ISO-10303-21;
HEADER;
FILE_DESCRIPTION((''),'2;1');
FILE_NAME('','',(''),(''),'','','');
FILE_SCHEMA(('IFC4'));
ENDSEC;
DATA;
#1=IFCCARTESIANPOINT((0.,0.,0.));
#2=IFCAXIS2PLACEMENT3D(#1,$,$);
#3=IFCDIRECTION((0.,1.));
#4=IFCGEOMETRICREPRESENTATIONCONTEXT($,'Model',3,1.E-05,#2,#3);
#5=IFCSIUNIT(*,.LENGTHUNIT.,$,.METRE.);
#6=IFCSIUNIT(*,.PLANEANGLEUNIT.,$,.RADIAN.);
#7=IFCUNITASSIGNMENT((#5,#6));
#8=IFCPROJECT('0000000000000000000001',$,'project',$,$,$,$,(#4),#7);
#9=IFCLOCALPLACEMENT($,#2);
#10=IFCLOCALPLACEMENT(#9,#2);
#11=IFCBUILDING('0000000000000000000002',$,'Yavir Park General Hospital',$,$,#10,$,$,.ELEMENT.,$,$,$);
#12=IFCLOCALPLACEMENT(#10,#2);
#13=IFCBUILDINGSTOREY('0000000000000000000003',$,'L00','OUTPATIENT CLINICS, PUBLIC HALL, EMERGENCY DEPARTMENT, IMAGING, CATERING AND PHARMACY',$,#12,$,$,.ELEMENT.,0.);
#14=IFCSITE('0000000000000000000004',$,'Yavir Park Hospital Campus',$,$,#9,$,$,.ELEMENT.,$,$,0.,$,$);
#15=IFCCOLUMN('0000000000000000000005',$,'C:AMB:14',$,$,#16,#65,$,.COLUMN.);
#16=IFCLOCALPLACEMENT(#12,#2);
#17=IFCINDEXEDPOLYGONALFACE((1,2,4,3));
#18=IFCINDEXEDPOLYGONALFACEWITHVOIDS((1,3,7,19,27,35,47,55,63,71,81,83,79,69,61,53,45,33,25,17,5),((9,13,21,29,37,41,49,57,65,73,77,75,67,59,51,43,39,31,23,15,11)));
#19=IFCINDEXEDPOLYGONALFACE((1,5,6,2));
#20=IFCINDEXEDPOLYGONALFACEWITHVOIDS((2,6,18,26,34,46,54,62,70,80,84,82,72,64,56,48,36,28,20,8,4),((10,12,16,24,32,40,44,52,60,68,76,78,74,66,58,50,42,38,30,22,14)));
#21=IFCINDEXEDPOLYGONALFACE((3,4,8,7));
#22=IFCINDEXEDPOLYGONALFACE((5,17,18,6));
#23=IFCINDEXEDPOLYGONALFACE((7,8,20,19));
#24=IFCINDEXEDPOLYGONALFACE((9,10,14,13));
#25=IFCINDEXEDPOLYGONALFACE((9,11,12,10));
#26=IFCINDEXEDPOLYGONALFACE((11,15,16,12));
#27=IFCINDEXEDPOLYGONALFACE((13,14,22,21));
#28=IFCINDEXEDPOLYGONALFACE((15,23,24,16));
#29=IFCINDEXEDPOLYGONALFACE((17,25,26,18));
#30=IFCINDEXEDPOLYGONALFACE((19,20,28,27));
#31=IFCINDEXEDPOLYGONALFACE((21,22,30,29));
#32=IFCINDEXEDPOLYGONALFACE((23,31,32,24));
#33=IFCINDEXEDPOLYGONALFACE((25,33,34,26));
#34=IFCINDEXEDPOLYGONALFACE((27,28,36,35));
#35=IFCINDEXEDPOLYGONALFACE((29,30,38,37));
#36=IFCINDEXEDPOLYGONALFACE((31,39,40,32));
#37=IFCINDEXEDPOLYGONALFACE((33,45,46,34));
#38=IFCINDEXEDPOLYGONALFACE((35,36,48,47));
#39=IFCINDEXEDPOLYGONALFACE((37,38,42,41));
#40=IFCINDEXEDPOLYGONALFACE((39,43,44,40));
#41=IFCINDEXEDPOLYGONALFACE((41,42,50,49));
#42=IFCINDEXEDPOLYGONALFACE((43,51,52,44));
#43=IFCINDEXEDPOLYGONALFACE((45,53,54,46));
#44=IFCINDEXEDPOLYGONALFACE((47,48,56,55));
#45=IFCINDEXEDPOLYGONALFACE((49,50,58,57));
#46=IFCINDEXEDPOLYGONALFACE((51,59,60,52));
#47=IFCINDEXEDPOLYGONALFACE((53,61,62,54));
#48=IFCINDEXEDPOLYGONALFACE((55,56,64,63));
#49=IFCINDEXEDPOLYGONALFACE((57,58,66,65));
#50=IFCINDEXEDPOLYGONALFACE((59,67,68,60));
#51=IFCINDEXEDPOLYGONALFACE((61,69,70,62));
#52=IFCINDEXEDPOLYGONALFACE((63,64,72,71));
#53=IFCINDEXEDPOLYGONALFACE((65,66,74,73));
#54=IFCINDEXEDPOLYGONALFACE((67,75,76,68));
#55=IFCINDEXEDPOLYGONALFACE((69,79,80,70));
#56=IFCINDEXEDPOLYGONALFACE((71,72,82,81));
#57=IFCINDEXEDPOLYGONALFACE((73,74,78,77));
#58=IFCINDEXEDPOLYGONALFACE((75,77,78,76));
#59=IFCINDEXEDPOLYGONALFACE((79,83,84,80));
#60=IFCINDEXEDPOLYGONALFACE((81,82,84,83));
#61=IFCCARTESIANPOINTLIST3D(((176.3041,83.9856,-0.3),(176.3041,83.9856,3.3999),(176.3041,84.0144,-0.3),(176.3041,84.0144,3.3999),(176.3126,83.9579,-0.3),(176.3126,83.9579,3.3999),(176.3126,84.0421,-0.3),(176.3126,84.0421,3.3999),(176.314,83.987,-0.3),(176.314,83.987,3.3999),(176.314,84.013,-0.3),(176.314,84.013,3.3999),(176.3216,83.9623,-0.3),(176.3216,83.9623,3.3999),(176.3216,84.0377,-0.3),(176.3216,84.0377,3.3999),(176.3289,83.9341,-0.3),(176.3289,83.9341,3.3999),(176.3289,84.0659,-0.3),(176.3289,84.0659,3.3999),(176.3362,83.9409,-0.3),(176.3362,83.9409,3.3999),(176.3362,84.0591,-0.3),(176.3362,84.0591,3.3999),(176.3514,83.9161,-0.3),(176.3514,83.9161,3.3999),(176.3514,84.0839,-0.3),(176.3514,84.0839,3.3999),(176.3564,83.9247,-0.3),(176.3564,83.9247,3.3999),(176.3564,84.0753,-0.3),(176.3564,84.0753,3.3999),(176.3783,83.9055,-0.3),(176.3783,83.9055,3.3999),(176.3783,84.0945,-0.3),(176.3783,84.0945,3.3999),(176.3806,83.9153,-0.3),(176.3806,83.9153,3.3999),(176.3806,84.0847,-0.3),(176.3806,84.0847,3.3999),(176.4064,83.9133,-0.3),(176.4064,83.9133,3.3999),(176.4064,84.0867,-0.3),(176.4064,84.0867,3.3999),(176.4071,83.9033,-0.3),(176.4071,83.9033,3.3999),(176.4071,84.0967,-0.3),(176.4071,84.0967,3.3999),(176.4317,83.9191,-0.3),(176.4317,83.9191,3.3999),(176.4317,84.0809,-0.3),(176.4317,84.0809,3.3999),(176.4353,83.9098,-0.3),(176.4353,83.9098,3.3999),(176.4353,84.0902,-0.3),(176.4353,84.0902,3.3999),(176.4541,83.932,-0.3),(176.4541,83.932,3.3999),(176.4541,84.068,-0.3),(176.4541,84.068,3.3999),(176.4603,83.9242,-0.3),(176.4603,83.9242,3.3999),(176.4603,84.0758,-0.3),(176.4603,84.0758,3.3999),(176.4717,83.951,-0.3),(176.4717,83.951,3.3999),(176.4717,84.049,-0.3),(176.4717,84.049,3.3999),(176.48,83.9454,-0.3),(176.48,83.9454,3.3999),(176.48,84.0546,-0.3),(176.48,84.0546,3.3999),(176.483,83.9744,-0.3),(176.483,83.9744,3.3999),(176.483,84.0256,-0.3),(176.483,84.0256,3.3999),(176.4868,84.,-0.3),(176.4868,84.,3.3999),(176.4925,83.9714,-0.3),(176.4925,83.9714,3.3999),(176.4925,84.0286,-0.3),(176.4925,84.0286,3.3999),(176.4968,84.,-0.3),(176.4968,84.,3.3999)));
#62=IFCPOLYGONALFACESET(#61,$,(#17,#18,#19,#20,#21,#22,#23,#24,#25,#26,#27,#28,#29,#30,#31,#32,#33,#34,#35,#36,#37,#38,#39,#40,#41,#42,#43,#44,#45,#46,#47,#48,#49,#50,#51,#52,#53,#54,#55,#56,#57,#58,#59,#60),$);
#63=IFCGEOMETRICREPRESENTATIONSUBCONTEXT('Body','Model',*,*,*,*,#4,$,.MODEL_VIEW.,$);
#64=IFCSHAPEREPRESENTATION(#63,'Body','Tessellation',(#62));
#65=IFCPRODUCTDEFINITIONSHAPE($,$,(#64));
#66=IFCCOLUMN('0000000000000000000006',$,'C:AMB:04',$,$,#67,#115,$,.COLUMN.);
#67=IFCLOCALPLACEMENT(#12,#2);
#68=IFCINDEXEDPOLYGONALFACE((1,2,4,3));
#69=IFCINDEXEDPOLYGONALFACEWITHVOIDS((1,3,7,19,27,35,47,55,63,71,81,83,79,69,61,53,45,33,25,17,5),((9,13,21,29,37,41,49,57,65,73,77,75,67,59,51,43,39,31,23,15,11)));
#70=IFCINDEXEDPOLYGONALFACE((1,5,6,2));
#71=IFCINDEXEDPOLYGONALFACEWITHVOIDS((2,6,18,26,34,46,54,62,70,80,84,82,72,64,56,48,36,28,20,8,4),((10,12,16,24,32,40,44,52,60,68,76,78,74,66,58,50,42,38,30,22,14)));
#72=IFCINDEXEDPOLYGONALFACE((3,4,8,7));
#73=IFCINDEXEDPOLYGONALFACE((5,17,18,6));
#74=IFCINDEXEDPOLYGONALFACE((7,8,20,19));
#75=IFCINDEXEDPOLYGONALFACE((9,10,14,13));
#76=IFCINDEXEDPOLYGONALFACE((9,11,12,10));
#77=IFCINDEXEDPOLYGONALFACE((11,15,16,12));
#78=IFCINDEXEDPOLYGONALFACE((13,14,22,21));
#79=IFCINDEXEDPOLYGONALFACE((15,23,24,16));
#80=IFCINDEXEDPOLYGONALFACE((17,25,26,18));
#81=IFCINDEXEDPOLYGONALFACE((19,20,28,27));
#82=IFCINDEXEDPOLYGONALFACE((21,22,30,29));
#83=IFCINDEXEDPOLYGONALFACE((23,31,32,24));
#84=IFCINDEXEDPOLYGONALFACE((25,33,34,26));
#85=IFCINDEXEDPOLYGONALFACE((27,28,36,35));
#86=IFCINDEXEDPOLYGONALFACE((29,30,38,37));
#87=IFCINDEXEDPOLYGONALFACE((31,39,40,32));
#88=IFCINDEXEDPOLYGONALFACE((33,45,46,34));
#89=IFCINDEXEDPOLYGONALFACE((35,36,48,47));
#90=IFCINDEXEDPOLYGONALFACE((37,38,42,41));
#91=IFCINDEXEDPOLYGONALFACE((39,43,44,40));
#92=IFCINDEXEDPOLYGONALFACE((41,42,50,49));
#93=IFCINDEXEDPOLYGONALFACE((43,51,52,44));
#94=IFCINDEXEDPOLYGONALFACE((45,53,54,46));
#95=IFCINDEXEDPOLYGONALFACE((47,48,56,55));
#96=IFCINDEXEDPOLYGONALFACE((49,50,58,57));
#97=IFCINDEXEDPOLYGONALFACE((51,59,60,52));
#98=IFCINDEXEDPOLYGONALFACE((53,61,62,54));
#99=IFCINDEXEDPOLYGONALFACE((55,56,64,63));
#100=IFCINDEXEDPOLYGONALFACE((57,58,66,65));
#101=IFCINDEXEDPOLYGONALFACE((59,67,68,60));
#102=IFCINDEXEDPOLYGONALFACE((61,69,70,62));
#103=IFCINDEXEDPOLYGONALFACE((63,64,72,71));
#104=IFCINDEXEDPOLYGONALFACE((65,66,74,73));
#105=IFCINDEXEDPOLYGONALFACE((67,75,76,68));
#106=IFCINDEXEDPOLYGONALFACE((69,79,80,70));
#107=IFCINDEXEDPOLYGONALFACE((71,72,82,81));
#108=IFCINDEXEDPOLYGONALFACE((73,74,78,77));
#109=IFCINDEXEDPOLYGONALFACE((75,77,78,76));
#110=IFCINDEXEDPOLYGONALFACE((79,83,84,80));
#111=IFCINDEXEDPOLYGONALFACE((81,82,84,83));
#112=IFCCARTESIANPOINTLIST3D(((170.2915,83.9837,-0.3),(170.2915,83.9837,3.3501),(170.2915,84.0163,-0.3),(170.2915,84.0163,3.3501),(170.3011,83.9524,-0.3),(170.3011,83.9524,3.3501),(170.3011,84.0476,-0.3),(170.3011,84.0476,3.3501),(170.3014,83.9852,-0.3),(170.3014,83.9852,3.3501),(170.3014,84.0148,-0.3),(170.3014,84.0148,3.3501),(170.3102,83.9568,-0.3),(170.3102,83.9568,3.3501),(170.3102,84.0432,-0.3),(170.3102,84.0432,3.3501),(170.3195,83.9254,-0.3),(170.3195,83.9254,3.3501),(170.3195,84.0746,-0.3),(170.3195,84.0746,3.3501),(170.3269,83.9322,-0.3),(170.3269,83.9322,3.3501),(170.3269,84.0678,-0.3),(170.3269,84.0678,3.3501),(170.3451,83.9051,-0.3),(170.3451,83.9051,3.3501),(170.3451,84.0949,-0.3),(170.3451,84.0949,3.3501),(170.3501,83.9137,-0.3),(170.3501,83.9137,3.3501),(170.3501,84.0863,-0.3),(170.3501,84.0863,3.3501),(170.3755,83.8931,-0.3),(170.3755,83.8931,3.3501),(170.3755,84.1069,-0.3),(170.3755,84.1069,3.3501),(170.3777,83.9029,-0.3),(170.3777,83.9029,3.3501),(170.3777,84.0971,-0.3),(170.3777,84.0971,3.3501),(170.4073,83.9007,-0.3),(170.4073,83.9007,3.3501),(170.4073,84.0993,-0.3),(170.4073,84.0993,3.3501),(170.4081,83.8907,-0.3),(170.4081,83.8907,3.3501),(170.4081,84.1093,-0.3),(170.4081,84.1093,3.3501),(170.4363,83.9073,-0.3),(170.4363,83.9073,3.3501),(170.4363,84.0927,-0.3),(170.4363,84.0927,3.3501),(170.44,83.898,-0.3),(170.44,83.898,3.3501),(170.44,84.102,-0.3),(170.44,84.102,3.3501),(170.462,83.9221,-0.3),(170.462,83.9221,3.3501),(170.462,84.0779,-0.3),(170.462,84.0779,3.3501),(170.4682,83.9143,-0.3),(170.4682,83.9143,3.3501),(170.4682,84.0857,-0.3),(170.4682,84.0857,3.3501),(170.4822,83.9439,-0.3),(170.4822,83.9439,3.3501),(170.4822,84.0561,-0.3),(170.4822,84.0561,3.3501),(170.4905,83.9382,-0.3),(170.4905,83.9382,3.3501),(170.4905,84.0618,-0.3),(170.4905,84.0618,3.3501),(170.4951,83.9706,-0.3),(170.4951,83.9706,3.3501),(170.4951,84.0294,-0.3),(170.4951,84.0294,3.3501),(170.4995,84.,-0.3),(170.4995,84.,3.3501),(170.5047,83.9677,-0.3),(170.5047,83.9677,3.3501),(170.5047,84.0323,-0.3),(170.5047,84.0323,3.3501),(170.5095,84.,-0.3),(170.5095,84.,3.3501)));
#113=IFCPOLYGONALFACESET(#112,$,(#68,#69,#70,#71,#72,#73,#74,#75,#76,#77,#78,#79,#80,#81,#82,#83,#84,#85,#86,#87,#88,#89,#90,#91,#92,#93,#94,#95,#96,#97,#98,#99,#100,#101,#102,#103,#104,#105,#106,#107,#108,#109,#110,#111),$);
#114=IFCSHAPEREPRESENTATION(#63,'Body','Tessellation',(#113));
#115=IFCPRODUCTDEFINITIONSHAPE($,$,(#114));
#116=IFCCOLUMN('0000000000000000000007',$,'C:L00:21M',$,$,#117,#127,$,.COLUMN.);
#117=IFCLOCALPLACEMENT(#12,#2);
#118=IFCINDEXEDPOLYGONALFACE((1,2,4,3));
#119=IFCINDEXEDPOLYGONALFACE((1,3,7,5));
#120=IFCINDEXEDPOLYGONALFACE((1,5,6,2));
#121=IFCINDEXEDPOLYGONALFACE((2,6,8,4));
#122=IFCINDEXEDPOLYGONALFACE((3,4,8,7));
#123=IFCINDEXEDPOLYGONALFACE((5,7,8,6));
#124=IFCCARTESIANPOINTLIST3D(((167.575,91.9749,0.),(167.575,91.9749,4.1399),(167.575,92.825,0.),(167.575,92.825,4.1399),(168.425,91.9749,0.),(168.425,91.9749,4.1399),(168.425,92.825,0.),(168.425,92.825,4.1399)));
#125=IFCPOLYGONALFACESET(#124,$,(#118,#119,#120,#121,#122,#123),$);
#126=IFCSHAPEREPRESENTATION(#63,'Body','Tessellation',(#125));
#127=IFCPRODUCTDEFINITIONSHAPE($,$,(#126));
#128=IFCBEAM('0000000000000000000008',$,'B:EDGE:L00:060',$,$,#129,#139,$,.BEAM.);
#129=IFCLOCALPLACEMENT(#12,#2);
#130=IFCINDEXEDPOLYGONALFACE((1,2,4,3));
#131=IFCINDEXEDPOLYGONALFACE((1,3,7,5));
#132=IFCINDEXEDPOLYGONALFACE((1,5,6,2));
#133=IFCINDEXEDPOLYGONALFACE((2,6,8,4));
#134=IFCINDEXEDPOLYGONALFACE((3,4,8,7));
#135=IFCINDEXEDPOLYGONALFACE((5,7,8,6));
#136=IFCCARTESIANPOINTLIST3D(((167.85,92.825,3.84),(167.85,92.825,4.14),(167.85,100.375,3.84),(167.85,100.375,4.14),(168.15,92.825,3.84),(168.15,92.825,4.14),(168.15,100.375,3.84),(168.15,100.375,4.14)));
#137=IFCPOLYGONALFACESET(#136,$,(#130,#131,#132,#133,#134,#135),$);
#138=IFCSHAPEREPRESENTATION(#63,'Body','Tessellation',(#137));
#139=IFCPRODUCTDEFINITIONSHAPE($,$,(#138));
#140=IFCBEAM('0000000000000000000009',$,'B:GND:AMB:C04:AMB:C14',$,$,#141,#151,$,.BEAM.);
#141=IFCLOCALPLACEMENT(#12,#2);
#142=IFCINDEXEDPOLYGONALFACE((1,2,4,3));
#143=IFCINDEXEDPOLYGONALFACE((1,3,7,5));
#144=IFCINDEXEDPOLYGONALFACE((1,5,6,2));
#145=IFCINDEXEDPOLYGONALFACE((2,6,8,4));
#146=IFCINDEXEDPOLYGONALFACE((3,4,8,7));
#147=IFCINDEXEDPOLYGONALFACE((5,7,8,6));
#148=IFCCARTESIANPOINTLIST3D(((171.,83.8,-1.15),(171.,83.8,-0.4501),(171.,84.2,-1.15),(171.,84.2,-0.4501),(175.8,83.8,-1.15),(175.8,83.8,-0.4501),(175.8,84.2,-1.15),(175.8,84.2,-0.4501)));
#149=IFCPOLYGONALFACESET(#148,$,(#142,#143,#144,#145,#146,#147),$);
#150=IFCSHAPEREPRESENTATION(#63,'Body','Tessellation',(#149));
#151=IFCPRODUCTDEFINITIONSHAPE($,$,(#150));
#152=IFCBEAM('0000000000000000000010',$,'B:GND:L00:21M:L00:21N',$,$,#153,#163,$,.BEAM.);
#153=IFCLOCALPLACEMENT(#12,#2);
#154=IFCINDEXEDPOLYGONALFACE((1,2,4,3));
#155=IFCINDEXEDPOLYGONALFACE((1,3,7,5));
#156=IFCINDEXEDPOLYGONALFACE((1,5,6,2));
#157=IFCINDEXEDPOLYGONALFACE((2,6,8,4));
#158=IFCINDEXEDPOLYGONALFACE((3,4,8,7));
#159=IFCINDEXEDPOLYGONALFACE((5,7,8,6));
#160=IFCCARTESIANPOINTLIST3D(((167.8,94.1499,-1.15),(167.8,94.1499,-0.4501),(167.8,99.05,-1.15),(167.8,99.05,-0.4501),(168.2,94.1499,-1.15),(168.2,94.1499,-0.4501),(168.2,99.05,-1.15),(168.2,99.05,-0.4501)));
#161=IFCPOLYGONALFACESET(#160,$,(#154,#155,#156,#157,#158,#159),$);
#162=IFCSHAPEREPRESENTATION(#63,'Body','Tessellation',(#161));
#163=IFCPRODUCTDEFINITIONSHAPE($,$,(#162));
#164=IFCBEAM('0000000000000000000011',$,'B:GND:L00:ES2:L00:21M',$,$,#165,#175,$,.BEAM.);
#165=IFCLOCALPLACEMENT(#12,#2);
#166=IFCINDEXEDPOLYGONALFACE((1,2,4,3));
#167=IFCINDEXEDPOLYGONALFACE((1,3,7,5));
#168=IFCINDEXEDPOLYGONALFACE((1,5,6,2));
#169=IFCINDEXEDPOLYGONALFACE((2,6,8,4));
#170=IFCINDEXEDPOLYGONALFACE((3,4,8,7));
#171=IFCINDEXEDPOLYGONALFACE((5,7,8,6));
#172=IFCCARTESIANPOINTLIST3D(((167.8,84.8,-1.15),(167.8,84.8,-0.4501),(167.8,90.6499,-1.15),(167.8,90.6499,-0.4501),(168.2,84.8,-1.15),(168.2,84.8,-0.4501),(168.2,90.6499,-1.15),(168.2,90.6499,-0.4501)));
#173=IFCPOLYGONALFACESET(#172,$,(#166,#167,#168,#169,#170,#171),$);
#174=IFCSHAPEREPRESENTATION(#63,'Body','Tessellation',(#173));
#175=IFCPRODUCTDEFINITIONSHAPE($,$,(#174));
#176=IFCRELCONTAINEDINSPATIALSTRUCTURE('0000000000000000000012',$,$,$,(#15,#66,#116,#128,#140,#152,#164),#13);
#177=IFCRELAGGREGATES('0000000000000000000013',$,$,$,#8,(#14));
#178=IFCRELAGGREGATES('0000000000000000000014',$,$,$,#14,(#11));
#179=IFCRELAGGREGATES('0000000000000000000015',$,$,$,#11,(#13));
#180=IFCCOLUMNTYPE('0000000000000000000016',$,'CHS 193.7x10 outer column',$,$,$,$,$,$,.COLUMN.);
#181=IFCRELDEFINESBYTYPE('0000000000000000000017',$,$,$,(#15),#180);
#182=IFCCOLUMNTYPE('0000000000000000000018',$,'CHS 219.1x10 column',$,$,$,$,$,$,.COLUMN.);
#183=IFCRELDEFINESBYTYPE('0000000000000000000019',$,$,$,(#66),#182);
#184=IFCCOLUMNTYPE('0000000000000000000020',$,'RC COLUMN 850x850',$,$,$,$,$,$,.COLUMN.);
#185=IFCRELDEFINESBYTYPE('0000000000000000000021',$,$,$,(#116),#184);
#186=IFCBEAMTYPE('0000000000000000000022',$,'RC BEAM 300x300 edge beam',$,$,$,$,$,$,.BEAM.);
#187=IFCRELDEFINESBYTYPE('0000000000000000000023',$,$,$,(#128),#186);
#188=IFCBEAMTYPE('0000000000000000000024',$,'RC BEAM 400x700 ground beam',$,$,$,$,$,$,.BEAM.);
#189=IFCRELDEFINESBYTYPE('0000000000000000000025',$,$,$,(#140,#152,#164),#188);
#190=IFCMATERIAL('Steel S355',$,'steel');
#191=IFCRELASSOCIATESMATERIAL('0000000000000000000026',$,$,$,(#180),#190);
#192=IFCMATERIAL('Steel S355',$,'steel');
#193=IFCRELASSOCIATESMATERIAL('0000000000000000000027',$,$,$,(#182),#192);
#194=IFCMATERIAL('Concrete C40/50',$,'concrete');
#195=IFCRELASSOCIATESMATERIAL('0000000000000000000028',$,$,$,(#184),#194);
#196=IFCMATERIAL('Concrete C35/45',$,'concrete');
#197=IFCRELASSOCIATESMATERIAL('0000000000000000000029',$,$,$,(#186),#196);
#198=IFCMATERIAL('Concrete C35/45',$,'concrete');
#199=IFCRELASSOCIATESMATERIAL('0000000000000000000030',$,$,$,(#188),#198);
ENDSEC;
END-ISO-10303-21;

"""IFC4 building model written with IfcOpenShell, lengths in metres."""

from ifc_helpers import new_model, si_unit, direction, frame, origin, origin_2d, place, context, subcontext, project, spatial, rectangle, hollow_circle, extrude, material, material_profile, profile_set, type_object, element, save


model = new_model("IFC4")

# Units and contexts
model_context = context("Model", 3, precision=1e-05, world=origin(), true_north=direction((0.0, 1.0)))
body_context = subcontext(model_context, "Body", "Model", "MODEL_VIEW")
ifc_project = project(units=[si_unit("LENGTHUNIT", "METRE"), si_unit("PLANEANGLEUNIT", "RADIAN")], contexts=[model_context])

# Site, building, storey
site_placement = place(None, origin())
site = spatial("IfcSite", under=ifc_project, at=site_placement, Name="Yavir Park Hospital Campus", CompositionType="ELEMENT", RefElevation=0.0)
building_placement = place(site_placement, origin())
building = spatial("IfcBuilding", under=site, at=building_placement, Name="Yavir Park General Hospital", CompositionType="ELEMENT")
storey_placement = place(building_placement, origin())
storey = spatial("IfcBuildingStorey", under=building, at=storey_placement, Name="L00", Description="OUTPATIENT CLINICS, PUBLIC HALL, EMERGENCY DEPARTMENT, IMAGING, CATERING AND PHARMACY", CompositionType="ELEMENT", Elevation=0.0)

# Columns
ifc_material_1 = material(Name="Steel S355", Category="steel")
ifc_material_profile_1 = material_profile(ifc_material_1, hollow_circle(Radius=0.0969, WallThickness=0.01, at=origin_2d()), Name="CHS193.7x10")
ifc_profile_set_1 = profile_set([ifc_material_profile_1], Name="Steel S355")
column_type_1 = type_object("IfcColumnType", Name="CHS 193.7x10 outer column", PredefinedType="COLUMN", material=ifc_profile_set_1)
column_1_placement = place(storey_placement, frame((176.3999, 84.0, -0.3), z_axis=(0.0, 0.0, 1.0), x_axis=(1.0, 0.0, 0.0)))
element("IfcColumn", 1, at=column_1_placement, inside=storey, type_object=column_type_1, Name="C:AMB:14", PredefinedType="COLUMN", context=body_context, shape_type="SweptSolid", body=[
    extrude(hollow_circle(Radius=0.0969, WallThickness=0.01, at=origin_2d()), origin(), (0.0, 0.0, 1.0), 3.7),
])
ifc_material_2 = material(Name="Steel S355", Category="steel")
ifc_material_profile_2 = material_profile(ifc_material_2, hollow_circle(Radius=0.1096, WallThickness=0.01, at=origin_2d()), Name="CHS219.1x10")
ifc_profile_set_2 = profile_set([ifc_material_profile_2], Name="Steel S355")
column_type_2 = type_object("IfcColumnType", Name="CHS 219.1x10 column", PredefinedType="COLUMN", material=ifc_profile_set_2)
column_2_placement = place(storey_placement, frame((170.3999, 84.0, -0.3), z_axis=(0.0, 0.0, 1.0), x_axis=(1.0, 0.0, 0.0)))
element("IfcColumn", 2, at=column_2_placement, inside=storey, type_object=column_type_2, Name="C:AMB:04", PredefinedType="COLUMN", context=body_context, shape_type="SweptSolid", body=[
    extrude(hollow_circle(Radius=0.1096, WallThickness=0.01, at=origin_2d()), origin(), (0.0, 0.0, 1.0), 3.6501),
])
ifc_material_3 = material(Name="Concrete C40/50", Category="concrete")
ifc_material_profile_3 = material_profile(ifc_material_3, rectangle(XDim=0.8501, YDim=0.8501, at=origin_2d()), Name="RC850x850")
ifc_profile_set_3 = profile_set([ifc_material_profile_3], Name="Concrete C40/50")
column_type_3 = type_object("IfcColumnType", Name="RC COLUMN 850x850", PredefinedType="COLUMN", material=ifc_profile_set_3)
column_3_placement = place(storey_placement, frame((168.0, 92.3999, 0.0), z_axis=(0.0, 0.0, 1.0), x_axis=(1.0, 0.0, 0.0)))
element("IfcColumn", 3, at=column_3_placement, inside=storey, type_object=column_type_3, Name="C:L00:21M", PredefinedType="COLUMN", context=body_context, shape_type="SweptSolid", body=[
    extrude(rectangle(XDim=0.8501, YDim=0.8501, at=origin_2d()), origin(), (0.0, 0.0, 1.0), 4.1399),
])

# Beams
ifc_material_4 = material(Name="Concrete C35/45", Category="concrete")
ifc_material_profile_4 = material_profile(ifc_material_4, rectangle(XDim=0.3, YDim=0.3, at=origin_2d()), Name="RC300x300")
ifc_profile_set_4 = profile_set([ifc_material_profile_4], Name="Concrete C35/45")
beam_type_1 = type_object("IfcBeamType", Name="RC BEAM 300x300 edge beam", PredefinedType="BEAM", material=ifc_profile_set_4)
beam_1_placement = place(storey_placement, frame((168.0, 92.825, 3.99), z_axis=(0.0, 1.0, 0.0), x_axis=(-1.0, 0.0, 0.0)))
element("IfcBeam", 4, at=beam_1_placement, inside=storey, type_object=beam_type_1, Name="B:EDGE:L00:060", PredefinedType="BEAM", context=body_context, shape_type="SweptSolid", body=[
    extrude(rectangle(XDim=0.3, YDim=0.3, at=origin_2d()), origin(), (0.0, 0.0, 1.0), 7.55),
])
ifc_material_5 = material(Name="Concrete C35/45", Category="concrete")
ifc_material_profile_5 = material_profile(ifc_material_5, rectangle(XDim=0.3999, YDim=0.7, at=origin_2d()), Name="RC400x700")
ifc_profile_set_5 = profile_set([ifc_material_profile_5], Name="Concrete C35/45")
beam_type_2 = type_object("IfcBeamType", Name="RC BEAM 400x700 ground beam", PredefinedType="BEAM", material=ifc_profile_set_5)
beam_2_placement = place(storey_placement, frame((171.0, 84.0, -0.8), z_axis=(1.0, 0.0, 0.0), x_axis=(0.0, 1.0, 0.0)))
element("IfcBeam", 5, at=beam_2_placement, inside=storey, type_object=beam_type_2, Name="B:GND:AMB:C04:AMB:C14", PredefinedType="BEAM", context=body_context, shape_type="SweptSolid", body=[
    extrude(rectangle(XDim=0.3999, YDim=0.7, at=origin_2d()), origin(), (0.0, 0.0, 1.0), 4.8),
])
beam_3_placement = place(storey_placement, frame((168.0, 94.1499, -0.8), z_axis=(0.0, 1.0, 0.0), x_axis=(-1.0, 0.0, 0.0)))
element("IfcBeam", 6, at=beam_3_placement, inside=storey, type_object=beam_type_2, Name="B:GND:L00:21M:L00:21N", PredefinedType="BEAM", context=body_context, shape_type="SweptSolid", body=[
    extrude(rectangle(XDim=0.3999, YDim=0.7, at=origin_2d()), origin(), (0.0, 0.0, 1.0), 4.9001),
])
beam_4_placement = place(storey_placement, frame((168.0, 84.8, -0.8), z_axis=(0.0, 1.0, 0.0), x_axis=(-1.0, 0.0, 0.0)))
element("IfcBeam", 7, at=beam_4_placement, inside=storey, type_object=beam_type_2, Name="B:GND:L00:ES2:L00:21M", PredefinedType="BEAM", context=body_context, shape_type="SweptSolid", body=[
    extrude(rectangle(XDim=0.3999, YDim=0.7, at=origin_2d()), origin(), (0.0, 0.0, 1.0), 5.8499),
])

save(model, "model.ifc")
